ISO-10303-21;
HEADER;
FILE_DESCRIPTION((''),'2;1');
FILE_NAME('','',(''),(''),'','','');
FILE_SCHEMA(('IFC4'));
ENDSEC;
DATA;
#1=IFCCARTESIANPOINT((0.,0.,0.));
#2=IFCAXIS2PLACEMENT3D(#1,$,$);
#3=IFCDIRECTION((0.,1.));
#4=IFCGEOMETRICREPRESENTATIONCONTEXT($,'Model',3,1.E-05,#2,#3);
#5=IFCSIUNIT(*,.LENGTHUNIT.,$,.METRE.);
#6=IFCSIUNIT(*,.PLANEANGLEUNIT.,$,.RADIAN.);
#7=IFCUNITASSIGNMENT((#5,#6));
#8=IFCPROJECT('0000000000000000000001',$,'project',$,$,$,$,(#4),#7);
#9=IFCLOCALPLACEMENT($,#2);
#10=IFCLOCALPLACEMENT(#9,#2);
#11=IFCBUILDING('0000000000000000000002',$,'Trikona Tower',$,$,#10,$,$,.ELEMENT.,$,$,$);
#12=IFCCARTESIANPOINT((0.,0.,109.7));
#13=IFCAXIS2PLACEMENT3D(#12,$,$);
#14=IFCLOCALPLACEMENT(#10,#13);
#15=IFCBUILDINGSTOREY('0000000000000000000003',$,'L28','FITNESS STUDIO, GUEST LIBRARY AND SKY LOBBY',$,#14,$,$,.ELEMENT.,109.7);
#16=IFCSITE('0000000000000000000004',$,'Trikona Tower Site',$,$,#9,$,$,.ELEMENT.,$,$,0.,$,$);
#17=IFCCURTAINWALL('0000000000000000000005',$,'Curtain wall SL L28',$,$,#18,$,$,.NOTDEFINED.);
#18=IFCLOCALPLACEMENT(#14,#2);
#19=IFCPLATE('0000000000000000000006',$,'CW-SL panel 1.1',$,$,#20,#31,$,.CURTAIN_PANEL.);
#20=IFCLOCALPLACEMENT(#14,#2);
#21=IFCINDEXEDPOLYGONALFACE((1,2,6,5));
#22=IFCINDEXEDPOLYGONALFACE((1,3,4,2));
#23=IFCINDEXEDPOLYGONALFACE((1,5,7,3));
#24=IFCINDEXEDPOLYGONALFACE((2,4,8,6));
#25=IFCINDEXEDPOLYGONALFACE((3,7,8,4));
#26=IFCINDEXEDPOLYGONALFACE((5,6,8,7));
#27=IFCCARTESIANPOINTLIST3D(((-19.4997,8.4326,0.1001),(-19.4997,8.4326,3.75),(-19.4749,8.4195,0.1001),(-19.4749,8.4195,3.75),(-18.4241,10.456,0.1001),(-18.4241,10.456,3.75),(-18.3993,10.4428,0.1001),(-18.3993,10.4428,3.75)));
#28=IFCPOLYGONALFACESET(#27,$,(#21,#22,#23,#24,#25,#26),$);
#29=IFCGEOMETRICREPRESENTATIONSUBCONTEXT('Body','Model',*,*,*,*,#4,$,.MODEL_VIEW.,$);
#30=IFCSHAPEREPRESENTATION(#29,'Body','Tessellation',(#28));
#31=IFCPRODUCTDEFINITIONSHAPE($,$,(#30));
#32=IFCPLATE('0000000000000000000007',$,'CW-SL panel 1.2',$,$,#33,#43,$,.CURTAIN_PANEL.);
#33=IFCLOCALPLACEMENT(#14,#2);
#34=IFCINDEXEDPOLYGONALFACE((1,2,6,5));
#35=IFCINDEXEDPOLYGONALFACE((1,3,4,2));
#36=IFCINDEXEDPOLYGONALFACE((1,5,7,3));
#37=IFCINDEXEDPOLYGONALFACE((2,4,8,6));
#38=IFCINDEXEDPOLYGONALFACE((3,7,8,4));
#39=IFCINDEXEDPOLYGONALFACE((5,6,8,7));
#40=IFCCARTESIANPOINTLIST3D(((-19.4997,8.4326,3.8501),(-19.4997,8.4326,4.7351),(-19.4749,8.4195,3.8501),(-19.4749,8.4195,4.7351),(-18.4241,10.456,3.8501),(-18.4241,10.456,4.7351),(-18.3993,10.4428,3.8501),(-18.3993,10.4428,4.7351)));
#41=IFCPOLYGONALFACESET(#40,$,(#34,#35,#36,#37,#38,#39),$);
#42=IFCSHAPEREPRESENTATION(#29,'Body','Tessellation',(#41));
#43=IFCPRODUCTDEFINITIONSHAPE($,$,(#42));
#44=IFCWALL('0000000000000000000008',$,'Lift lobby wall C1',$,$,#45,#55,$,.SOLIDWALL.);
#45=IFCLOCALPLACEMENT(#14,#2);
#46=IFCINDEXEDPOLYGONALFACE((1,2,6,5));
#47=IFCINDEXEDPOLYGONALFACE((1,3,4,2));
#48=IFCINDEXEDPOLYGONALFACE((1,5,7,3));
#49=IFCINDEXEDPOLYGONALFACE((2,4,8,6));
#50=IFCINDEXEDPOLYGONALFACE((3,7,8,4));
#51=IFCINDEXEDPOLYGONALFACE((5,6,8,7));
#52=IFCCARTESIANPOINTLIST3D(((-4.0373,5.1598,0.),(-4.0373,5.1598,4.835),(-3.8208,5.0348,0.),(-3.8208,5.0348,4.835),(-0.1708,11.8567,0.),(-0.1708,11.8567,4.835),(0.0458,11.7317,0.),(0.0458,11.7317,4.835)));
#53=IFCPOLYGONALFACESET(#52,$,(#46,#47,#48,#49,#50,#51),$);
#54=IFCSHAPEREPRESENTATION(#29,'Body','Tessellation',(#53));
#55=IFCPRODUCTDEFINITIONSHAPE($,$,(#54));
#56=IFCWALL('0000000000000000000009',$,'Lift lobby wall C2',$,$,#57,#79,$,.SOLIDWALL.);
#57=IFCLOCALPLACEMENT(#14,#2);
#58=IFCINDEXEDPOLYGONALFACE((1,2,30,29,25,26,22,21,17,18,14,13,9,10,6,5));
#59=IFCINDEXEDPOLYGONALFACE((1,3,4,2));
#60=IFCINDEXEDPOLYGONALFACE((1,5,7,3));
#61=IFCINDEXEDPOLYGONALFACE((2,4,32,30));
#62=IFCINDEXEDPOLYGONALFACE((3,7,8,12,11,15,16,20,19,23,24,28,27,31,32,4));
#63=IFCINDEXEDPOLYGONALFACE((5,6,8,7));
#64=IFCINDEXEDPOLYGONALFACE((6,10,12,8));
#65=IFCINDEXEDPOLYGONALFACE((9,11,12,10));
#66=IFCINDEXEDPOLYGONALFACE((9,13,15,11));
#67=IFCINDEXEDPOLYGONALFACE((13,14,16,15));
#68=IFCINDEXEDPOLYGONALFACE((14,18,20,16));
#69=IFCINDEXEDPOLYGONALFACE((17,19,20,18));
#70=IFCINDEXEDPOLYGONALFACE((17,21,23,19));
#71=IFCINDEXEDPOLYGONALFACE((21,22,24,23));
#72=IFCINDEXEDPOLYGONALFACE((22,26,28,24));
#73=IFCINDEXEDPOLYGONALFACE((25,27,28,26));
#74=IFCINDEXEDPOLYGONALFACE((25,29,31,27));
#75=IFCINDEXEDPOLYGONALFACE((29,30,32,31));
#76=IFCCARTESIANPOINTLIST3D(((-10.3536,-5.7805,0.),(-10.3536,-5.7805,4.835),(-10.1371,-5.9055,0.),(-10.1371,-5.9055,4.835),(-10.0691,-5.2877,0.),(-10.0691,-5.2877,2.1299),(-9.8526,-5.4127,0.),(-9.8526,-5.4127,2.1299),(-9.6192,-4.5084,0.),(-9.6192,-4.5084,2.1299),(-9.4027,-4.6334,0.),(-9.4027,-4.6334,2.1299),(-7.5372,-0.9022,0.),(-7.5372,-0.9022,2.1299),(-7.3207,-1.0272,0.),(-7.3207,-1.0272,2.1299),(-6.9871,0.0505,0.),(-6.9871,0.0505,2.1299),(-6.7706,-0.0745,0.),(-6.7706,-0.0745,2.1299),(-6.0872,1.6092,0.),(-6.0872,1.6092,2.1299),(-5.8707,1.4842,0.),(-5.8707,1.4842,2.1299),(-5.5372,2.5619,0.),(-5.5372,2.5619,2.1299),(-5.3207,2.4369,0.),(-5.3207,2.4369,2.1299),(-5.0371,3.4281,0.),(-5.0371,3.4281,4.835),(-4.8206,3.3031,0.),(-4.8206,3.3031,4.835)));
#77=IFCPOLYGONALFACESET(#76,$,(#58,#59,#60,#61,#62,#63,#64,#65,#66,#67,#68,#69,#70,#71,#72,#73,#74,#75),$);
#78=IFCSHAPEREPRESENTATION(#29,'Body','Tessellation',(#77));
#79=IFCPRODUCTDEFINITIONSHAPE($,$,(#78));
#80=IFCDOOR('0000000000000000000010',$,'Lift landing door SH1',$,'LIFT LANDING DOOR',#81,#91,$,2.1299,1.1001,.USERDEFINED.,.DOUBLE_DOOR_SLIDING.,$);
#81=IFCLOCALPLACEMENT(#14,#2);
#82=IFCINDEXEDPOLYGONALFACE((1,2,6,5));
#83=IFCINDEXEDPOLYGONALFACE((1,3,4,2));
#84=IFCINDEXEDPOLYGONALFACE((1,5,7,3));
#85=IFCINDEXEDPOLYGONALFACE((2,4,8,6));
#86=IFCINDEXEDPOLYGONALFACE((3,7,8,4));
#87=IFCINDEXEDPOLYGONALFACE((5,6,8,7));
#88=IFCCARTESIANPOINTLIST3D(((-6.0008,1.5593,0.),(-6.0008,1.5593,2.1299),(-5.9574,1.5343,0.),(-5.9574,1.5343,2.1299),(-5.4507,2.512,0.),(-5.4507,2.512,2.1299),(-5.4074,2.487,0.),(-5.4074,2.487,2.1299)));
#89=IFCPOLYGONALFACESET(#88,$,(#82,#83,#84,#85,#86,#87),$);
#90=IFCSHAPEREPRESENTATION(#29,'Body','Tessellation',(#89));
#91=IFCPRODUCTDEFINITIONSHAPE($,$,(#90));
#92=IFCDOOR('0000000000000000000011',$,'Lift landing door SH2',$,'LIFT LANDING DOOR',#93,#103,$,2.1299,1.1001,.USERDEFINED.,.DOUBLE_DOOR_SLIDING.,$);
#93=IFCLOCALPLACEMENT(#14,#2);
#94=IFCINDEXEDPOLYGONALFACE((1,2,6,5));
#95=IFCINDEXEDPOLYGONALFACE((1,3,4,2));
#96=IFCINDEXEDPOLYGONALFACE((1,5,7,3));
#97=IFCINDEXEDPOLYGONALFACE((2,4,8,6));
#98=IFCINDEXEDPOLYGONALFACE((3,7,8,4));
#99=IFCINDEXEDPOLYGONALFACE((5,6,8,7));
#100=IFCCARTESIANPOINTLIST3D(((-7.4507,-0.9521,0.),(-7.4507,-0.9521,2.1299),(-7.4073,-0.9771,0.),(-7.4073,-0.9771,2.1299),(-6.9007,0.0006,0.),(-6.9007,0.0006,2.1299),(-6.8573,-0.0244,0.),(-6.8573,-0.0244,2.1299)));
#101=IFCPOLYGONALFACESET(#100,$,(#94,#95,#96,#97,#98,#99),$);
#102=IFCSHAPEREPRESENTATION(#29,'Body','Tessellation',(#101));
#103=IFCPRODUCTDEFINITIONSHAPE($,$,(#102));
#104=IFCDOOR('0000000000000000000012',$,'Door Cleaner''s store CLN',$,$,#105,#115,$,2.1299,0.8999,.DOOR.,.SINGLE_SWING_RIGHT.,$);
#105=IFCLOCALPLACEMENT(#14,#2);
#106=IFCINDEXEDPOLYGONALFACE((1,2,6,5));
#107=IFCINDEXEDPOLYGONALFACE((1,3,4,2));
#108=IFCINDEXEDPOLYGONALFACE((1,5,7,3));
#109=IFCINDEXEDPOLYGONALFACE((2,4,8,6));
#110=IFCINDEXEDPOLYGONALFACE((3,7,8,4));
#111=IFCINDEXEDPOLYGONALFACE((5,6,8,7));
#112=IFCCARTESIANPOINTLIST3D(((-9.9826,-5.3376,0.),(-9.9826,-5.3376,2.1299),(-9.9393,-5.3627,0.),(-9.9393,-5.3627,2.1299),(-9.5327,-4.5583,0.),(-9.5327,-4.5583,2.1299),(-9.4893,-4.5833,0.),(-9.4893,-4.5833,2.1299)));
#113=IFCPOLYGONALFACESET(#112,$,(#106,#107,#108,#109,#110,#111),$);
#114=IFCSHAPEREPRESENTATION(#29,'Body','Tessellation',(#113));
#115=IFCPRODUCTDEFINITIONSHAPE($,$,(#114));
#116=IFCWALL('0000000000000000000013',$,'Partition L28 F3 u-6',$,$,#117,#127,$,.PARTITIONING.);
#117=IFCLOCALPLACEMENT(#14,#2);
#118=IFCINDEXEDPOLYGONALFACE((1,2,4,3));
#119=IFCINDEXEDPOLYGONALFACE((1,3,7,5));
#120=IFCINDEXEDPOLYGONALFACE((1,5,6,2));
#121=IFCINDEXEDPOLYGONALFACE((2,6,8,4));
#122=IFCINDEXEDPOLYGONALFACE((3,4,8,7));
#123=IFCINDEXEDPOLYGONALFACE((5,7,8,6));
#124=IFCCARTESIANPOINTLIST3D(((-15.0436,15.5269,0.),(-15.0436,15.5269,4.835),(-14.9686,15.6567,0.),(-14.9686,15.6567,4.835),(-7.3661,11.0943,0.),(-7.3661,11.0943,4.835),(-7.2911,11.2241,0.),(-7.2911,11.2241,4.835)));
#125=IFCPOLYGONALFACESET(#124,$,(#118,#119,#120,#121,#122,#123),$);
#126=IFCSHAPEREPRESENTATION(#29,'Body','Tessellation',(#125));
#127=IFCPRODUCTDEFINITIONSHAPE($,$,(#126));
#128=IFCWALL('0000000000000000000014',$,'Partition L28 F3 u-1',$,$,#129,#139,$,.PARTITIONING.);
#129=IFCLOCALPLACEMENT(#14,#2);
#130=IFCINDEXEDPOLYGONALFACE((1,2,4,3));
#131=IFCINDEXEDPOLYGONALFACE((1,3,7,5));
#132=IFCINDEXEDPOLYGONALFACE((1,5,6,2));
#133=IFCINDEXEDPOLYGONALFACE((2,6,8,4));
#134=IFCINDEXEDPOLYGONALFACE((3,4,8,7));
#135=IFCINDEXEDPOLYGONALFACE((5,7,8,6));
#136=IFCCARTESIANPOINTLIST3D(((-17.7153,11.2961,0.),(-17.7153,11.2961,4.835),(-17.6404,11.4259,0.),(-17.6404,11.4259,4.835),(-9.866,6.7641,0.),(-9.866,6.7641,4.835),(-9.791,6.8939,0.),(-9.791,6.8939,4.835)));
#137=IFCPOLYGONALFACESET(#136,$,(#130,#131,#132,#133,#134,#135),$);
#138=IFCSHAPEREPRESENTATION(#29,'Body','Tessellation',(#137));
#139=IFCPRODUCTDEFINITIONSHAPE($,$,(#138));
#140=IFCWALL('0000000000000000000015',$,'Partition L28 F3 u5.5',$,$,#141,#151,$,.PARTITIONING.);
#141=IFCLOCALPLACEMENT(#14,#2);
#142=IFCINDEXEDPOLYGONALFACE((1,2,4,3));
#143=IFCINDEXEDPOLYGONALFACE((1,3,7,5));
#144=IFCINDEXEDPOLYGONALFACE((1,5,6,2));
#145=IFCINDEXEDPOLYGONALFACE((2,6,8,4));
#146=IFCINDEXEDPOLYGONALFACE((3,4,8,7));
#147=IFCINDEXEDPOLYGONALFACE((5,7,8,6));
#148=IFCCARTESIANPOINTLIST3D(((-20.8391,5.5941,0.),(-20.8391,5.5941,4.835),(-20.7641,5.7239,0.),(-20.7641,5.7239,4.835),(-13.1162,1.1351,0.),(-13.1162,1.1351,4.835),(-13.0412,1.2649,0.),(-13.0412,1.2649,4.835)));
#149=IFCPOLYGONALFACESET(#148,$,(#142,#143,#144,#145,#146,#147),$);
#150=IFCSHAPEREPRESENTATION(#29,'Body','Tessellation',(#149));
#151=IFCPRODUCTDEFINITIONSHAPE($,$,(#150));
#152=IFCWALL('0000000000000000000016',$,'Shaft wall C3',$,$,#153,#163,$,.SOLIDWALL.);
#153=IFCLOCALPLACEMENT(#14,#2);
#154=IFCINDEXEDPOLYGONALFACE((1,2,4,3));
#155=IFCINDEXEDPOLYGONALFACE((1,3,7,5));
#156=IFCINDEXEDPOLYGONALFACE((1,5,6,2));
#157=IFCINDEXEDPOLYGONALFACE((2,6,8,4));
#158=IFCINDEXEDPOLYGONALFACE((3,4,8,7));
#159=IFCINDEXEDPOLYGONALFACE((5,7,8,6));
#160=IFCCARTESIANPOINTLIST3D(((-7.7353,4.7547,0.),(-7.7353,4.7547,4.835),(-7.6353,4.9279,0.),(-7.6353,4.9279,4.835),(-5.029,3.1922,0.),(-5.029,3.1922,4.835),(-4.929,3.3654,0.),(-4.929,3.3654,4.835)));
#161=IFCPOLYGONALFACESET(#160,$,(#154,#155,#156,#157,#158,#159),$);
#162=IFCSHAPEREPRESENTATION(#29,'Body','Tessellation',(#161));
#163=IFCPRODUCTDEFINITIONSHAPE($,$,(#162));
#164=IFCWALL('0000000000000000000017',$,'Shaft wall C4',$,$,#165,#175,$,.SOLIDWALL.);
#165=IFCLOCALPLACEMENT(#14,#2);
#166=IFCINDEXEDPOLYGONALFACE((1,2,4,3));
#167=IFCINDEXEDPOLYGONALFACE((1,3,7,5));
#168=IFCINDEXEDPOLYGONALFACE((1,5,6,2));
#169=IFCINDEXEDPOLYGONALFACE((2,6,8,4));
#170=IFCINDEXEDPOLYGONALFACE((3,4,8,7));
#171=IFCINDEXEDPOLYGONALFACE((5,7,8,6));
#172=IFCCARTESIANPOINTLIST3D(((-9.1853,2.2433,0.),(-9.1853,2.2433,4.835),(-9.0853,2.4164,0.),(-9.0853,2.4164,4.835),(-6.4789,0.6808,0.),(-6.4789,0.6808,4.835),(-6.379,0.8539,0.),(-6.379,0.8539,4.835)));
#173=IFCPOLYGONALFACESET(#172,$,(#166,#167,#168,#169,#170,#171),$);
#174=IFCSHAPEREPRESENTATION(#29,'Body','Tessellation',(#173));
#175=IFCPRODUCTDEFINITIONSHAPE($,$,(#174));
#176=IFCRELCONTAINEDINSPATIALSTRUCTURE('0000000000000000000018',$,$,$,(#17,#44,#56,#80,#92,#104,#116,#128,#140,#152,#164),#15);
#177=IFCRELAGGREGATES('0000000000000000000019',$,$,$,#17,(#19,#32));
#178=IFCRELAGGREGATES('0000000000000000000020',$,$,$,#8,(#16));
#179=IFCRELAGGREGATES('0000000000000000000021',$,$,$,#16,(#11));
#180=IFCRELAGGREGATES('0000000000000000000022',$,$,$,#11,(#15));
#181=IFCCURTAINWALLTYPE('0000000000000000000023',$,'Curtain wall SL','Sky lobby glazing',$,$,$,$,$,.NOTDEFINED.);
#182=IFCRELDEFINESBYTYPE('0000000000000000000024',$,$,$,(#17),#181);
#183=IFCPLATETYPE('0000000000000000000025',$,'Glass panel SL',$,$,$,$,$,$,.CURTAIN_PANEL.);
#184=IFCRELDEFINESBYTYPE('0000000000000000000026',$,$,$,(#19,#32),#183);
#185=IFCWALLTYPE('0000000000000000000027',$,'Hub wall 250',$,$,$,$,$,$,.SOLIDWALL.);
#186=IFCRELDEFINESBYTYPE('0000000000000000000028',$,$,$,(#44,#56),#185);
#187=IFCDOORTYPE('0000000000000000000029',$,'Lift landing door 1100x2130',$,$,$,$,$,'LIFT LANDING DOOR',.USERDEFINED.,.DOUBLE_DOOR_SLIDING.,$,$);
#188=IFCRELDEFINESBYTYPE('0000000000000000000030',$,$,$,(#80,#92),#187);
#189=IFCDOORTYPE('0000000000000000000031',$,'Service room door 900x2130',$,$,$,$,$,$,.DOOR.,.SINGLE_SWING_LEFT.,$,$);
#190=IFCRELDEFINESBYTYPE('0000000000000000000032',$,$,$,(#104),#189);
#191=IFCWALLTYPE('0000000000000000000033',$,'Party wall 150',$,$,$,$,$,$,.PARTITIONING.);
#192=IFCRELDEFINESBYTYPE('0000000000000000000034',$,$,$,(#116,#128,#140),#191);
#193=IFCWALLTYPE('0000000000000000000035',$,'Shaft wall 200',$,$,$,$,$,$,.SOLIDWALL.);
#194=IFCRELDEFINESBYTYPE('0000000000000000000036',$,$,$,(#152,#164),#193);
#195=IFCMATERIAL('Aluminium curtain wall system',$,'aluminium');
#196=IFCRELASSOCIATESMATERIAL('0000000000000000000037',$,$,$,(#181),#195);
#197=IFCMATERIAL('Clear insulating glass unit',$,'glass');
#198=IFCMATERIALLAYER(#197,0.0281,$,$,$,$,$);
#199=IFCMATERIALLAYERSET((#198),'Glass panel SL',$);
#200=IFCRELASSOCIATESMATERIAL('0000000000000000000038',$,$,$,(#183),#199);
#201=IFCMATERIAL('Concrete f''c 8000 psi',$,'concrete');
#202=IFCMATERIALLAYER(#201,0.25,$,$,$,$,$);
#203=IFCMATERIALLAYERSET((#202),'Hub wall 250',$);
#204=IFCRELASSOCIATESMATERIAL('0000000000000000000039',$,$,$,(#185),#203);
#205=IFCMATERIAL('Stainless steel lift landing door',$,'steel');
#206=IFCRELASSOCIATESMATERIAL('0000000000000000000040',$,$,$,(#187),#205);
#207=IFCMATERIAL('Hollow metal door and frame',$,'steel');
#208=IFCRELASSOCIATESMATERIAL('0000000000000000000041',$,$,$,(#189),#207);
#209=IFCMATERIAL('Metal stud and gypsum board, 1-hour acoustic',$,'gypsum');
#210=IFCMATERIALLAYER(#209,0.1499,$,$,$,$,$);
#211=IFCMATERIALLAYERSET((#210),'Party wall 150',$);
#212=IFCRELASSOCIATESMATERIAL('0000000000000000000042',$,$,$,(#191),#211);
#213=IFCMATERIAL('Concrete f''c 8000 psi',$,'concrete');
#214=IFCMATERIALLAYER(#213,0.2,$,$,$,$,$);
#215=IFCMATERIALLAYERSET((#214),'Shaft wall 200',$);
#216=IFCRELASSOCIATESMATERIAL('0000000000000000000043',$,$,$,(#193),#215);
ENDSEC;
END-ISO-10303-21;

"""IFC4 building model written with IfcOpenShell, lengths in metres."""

from ifc_helpers import new_model, si_unit, direction, frame, frame_2d, origin, origin_2d, place, context, subcontext, project, spatial, rectangle, extrude, material, layer, layer_set, type_object, element, fill, aggregate, save


model = new_model("IFC4")

# Units and contexts
model_context = context("Model", 3, precision=1e-05, world=origin(), true_north=direction((0.0, 1.0)))
body_context = subcontext(model_context, "Body", "Model", "MODEL_VIEW")
ifc_project = project(units=[si_unit("LENGTHUNIT", "METRE"), si_unit("PLANEANGLEUNIT", "RADIAN")], contexts=[model_context])

# Site, building, storey
site_placement = place(None, origin())
site = spatial("IfcSite", under=ifc_project, at=site_placement, Name="Trikona Tower Site", CompositionType="ELEMENT", RefElevation=0.0)
building_placement = place(site_placement, origin())
building = spatial("IfcBuilding", under=site, at=building_placement, Name="Trikona Tower", CompositionType="ELEMENT")
storey_placement = place(building_placement, frame((0.0, 0.0, 109.7)))
storey = spatial("IfcBuildingStorey", under=building, at=storey_placement, Name="L28", Description="FITNESS STUDIO, GUEST LIBRARY AND SKY LOBBY", CompositionType="ELEMENT", Elevation=109.7)

# Curtain wall
ifc_material_1 = material(Name="Aluminium curtain wall system", Category="aluminium")
curtain_wall_type = type_object("IfcCurtainWallType", Name="Curtain wall SL", Description="Sky lobby glazing", PredefinedType="NOTDEFINED", material=ifc_material_1)
curtain_wall_placement = place(storey_placement, origin())
curtain_wall = element("IfcCurtainWall", 1, at=curtain_wall_placement, inside=storey, type_object=curtain_wall_type, Name="Curtain wall SL L28", PredefinedType="NOTDEFINED")

# Plates
ifc_material_2 = material(Name="Clear insulating glass unit", Category="glass")
ifc_layer_1 = layer(ifc_material_2, 0.0281)
ifc_layer_set_1 = layer_set([ifc_layer_1], Name="Glass panel SL")
plate_type = type_object("IfcPlateType", Name="Glass panel SL", PredefinedType="CURTAIN_PANEL", material=ifc_layer_set_1)
plate_1_placement = place(storey_placement, frame((-18.9495, 9.4377, 0.1001), z_axis=(0.0, 0.0, 1.0), x_axis=(-0.46938, -0.882996, 0.0)))
plate_1 = element("IfcPlate", 2, at=plate_1_placement, type_object=plate_type, Name="CW-SL panel 1.1", PredefinedType="CURTAIN_PANEL", context=body_context, shape_type="SweptSolid", body=[
    extrude(rectangle(XDim=2.2915, YDim=0.0281, at=origin_2d()), origin(), (0.0, 0.0, 1.0), 3.6499),
])
plate_2_placement = place(storey_placement, frame((-18.9495, 9.4377, 3.8501), z_axis=(0.0, 0.0, 1.0), x_axis=(-0.46938, -0.882996, 0.0)))
plate_2 = element("IfcPlate", 3, at=plate_2_placement, type_object=plate_type, Name="CW-SL panel 1.2", PredefinedType="CURTAIN_PANEL", context=body_context, shape_type="SweptSolid", body=[
    extrude(rectangle(XDim=2.2915, YDim=0.0281, at=origin_2d()), origin(), (0.0, 0.0, 1.0), 0.885),
])
aggregate(curtain_wall, [plate_1, plate_2])

# Wall
ifc_material_3 = material(Name="Concrete f'c 8000 psi", Category="concrete")
ifc_layer_2 = layer(ifc_material_3, 0.25)
ifc_layer_set_2 = layer_set([ifc_layer_2], Name="Hub wall 250")
wall_type_1 = type_object("IfcWallType", Name="Hub wall 250", PredefinedType="SOLIDWALL", material=ifc_layer_set_2)
wall_1_placement = place(storey_placement, frame((-0.0625, 11.7942, 0.0), z_axis=(0.0, 0.0, 1.0), x_axis=(-0.500007, -0.866022, 0.0)))
element("IfcWall", 4, at=wall_1_placement, inside=storey, type_object=wall_type_1, Name="Lift lobby wall C1", PredefinedType="SOLIDWALL", context=body_context, shape_type="SweptSolid", body=[
    extrude(rectangle(XDim=7.7329, YDim=0.25, at=frame_2d((3.8665, 0.0))), origin(), (0.0, 0.0, 1.0), 4.835),
])

# Wall, openings, doors
wall_2_placement = place(storey_placement, frame((-4.929, 3.3655, 0.0), z_axis=(0.0, 0.0, 1.0), x_axis=(-0.499991, -0.86603, 0.0)))
wall_2 = element("IfcWall", 5, at=wall_2_placement, inside=storey, type_object=wall_type_1, Name="Lift lobby wall C2", PredefinedType="SOLIDWALL", context=body_context, shape_type="SweptSolid", body=[
    extrude(rectangle(XDim=10.6331, YDim=0.25, at=frame_2d((5.3164, 0.0))), origin(), (0.0, 0.0, 1.0), 4.835),
])
opening_1_placement = place(wall_2_placement, frame((9.1641, 0.0, 0.0)))
opening_1 = element("IfcOpeningElement", 6, at=opening_1_placement, cuts=wall_2, PredefinedType="OPENING", context=body_context, shape_type="SweptSolid", body=[
    extrude(rectangle(XDim=0.8999, YDim=2.1299, at=frame_2d((0.45, 1.0649))), frame((0.0, 0.135, 0.0), z_axis=(0.0, -1.0, 0.0), x_axis=(1.0, 0.0, 0.0)), (0.0, 0.0, 1.0), 0.27),
])
opening_2_placement = place(wall_2_placement, frame((1.0, 0.0, 0.0)))
opening_2 = element("IfcOpeningElement", 7, at=opening_2_placement, cuts=wall_2, PredefinedType="OPENING", context=body_context, shape_type="SweptSolid", body=[
    extrude(rectangle(XDim=1.1001, YDim=2.1299, at=frame_2d((0.55, 1.0649))), frame((0.0, 0.135, 0.0), z_axis=(0.0, -1.0, 0.0), x_axis=(1.0, 0.0, 0.0)), (0.0, 0.0, 1.0), 0.27),
])
opening_3_placement = place(wall_2_placement, frame((3.8999, 0.0, 0.0)))
opening_3 = element("IfcOpeningElement", 8, at=opening_3_placement, cuts=wall_2, PredefinedType="OPENING", context=body_context, shape_type="SweptSolid", body=[
    extrude(rectangle(XDim=1.1001, YDim=2.1299, at=frame_2d((0.55, 1.0649))), frame((0.0, 0.135, 0.0), z_axis=(0.0, -1.0, 0.0), x_axis=(1.0, 0.0, 0.0)), (0.0, 0.0, 1.0), 0.27),
])
ifc_material_4 = material(Name="Stainless steel lift landing door", Category="steel")
door_type_1 = type_object("IfcDoorType", Name="Lift landing door 1100x2130", ElementType="LIFT LANDING DOOR", OperationType="DOUBLE_DOOR_SLIDING", PredefinedType="USERDEFINED", material=ifc_material_4)
door_1_placement = place(opening_2_placement, origin())
door_1 = element("IfcDoor", 9, at=door_1_placement, inside=storey, type_object=door_type_1, Name="Lift landing door SH1", ObjectType="LIFT LANDING DOOR", OperationType="DOUBLE_DOOR_SLIDING", OverallHeight=2.1299, OverallWidth=1.1001, PredefinedType="USERDEFINED", context=body_context, shape_type="SweptSolid", body=[
    extrude(rectangle(XDim=1.1001, YDim=2.1299, at=frame_2d((0.55, 1.0649))), frame((0.0, 0.0249, 0.0), z_axis=(0.0, -1.0, 0.0), x_axis=(1.0, 0.0, 0.0)), (0.0, 0.0, 1.0), 0.05),
])
fill(opening_2, door_1)
door_2_placement = place(opening_3_placement, origin())
door_2 = element("IfcDoor", 10, at=door_2_placement, inside=storey, type_object=door_type_1, Name="Lift landing door SH2", ObjectType="LIFT LANDING DOOR", OperationType="DOUBLE_DOOR_SLIDING", OverallHeight=2.1299, OverallWidth=1.1001, PredefinedType="USERDEFINED", context=body_context, shape_type="SweptSolid", body=[
    extrude(rectangle(XDim=1.1001, YDim=2.1299, at=frame_2d((0.55, 1.0649))), frame((0.0, 0.0249, 0.0), z_axis=(0.0, -1.0, 0.0), x_axis=(1.0, 0.0, 0.0)), (0.0, 0.0, 1.0), 0.05),
])
fill(opening_3, door_2)
ifc_material_5 = material(Name="Hollow metal door and frame", Category="steel")
door_type_2 = type_object("IfcDoorType", Name="Service room door 900x2130", OperationType="SINGLE_SWING_LEFT", PredefinedType="DOOR", material=ifc_material_5)
door_3_placement = place(opening_1_placement, origin())
door_3 = element("IfcDoor", 11, at=door_3_placement, inside=storey, type_object=door_type_2, Name="Door Cleaner's store CLN", OperationType="SINGLE_SWING_RIGHT", OverallHeight=2.1299, OverallWidth=0.8999, PredefinedType="DOOR", context=body_context, shape_type="SweptSolid", body=[
    extrude(rectangle(XDim=0.8999, YDim=2.1299, at=frame_2d((0.45, 1.0649))), frame((0.0, 0.0249, 0.0), z_axis=(0.0, -1.0, 0.0), x_axis=(1.0, 0.0, 0.0)), (0.0, 0.0, 1.0), 0.05),
])
fill(opening_1, door_3)

# Walls
ifc_material_6 = material(Name="Metal stud and gypsum board, 1-hour acoustic", Category="gypsum")
ifc_layer_3 = layer(ifc_material_6, 0.1499)
ifc_layer_set_3 = layer_set([ifc_layer_3], Name="Party wall 150")
wall_type_2 = type_object("IfcWallType", Name="Party wall 150", PredefinedType="PARTITIONING", material=ifc_layer_set_3)
wall_3_placement = place(storey_placement, frame((-7.3286, 11.1592, 0.0), z_axis=(0.0, 0.0, 1.0), x_axis=(-0.866025, 0.500001, 0.0)))
element("IfcWall", 12, at=wall_3_placement, inside=storey, type_object=wall_type_2, Name="Partition L28 F3 u-6", PredefinedType="PARTITIONING", context=body_context, shape_type="SweptSolid", body=[
    extrude(rectangle(XDim=8.8652, YDim=0.1499, at=frame_2d((4.4326, 0.0))), origin(), (0.0, 0.0, 1.0), 4.835),
])
wall_4_placement = place(storey_placement, frame((-9.8286, 6.8291, 0.0), z_axis=(0.0, 0.0, 1.0), x_axis=(-0.866018, 0.500012, 0.0)))
element("IfcWall", 13, at=wall_4_placement, inside=storey, type_object=wall_type_2, Name="Partition L28 F3 u-1", PredefinedType="PARTITIONING", context=body_context, shape_type="SweptSolid", body=[
    extrude(rectangle(XDim=9.0637, YDim=0.1499, at=frame_2d((4.5317, 0.0))), origin(), (0.0, 0.0, 1.0), 4.835),
])
wall_5_placement = place(storey_placement, frame((-13.0786, 1.2, 0.0), z_axis=(0.0, 0.0, 1.0), x_axis=(-0.866017, 0.500014, 0.0)))
element("IfcWall", 14, at=wall_5_placement, inside=storey, type_object=wall_type_2, Name="Partition L28 F3 u5.5", PredefinedType="PARTITIONING", context=body_context, shape_type="SweptSolid", body=[
    extrude(rectangle(XDim=8.9177, YDim=0.1499, at=frame_2d((4.459, 0.0))), origin(), (0.0, 0.0, 1.0), 4.835),
])
ifc_material_7 = material(Name="Concrete f'c 8000 psi", Category="concrete")
ifc_layer_4 = layer(ifc_material_7, 0.2)
ifc_layer_set_4 = layer_set([ifc_layer_4], Name="Shaft wall 200")
wall_type_3 = type_object("IfcWallType", Name="Shaft wall 200", PredefinedType="SOLIDWALL", material=ifc_layer_set_4)
for number, where, z_axis, x_axis, name in (
    (15, (-4.979, 3.2788, 0.0), (0.0, 0.0, 1.0), (-0.866023, 0.500004, 0.0), "Shaft wall C3"),
    (16, (-6.429, 0.7673, 0.0), (0.0, 0.0, 1.0), (-0.866023, 0.500004, 0.0), "Shaft wall C4"),
):
    element("IfcWall", number, at=place(storey_placement, frame(where, z_axis=z_axis, x_axis=x_axis)), inside=storey, type_object=wall_type_3, Name=name, PredefinedType="SOLIDWALL", context=body_context, shape_type="SweptSolid", body=[
        extrude(rectangle(XDim=3.125, YDim=0.2, at=frame_2d((1.5625, 0.0))), origin(), (0.0, 0.0, 1.0), 4.835),
    ])

save(model, "model.ifc")
